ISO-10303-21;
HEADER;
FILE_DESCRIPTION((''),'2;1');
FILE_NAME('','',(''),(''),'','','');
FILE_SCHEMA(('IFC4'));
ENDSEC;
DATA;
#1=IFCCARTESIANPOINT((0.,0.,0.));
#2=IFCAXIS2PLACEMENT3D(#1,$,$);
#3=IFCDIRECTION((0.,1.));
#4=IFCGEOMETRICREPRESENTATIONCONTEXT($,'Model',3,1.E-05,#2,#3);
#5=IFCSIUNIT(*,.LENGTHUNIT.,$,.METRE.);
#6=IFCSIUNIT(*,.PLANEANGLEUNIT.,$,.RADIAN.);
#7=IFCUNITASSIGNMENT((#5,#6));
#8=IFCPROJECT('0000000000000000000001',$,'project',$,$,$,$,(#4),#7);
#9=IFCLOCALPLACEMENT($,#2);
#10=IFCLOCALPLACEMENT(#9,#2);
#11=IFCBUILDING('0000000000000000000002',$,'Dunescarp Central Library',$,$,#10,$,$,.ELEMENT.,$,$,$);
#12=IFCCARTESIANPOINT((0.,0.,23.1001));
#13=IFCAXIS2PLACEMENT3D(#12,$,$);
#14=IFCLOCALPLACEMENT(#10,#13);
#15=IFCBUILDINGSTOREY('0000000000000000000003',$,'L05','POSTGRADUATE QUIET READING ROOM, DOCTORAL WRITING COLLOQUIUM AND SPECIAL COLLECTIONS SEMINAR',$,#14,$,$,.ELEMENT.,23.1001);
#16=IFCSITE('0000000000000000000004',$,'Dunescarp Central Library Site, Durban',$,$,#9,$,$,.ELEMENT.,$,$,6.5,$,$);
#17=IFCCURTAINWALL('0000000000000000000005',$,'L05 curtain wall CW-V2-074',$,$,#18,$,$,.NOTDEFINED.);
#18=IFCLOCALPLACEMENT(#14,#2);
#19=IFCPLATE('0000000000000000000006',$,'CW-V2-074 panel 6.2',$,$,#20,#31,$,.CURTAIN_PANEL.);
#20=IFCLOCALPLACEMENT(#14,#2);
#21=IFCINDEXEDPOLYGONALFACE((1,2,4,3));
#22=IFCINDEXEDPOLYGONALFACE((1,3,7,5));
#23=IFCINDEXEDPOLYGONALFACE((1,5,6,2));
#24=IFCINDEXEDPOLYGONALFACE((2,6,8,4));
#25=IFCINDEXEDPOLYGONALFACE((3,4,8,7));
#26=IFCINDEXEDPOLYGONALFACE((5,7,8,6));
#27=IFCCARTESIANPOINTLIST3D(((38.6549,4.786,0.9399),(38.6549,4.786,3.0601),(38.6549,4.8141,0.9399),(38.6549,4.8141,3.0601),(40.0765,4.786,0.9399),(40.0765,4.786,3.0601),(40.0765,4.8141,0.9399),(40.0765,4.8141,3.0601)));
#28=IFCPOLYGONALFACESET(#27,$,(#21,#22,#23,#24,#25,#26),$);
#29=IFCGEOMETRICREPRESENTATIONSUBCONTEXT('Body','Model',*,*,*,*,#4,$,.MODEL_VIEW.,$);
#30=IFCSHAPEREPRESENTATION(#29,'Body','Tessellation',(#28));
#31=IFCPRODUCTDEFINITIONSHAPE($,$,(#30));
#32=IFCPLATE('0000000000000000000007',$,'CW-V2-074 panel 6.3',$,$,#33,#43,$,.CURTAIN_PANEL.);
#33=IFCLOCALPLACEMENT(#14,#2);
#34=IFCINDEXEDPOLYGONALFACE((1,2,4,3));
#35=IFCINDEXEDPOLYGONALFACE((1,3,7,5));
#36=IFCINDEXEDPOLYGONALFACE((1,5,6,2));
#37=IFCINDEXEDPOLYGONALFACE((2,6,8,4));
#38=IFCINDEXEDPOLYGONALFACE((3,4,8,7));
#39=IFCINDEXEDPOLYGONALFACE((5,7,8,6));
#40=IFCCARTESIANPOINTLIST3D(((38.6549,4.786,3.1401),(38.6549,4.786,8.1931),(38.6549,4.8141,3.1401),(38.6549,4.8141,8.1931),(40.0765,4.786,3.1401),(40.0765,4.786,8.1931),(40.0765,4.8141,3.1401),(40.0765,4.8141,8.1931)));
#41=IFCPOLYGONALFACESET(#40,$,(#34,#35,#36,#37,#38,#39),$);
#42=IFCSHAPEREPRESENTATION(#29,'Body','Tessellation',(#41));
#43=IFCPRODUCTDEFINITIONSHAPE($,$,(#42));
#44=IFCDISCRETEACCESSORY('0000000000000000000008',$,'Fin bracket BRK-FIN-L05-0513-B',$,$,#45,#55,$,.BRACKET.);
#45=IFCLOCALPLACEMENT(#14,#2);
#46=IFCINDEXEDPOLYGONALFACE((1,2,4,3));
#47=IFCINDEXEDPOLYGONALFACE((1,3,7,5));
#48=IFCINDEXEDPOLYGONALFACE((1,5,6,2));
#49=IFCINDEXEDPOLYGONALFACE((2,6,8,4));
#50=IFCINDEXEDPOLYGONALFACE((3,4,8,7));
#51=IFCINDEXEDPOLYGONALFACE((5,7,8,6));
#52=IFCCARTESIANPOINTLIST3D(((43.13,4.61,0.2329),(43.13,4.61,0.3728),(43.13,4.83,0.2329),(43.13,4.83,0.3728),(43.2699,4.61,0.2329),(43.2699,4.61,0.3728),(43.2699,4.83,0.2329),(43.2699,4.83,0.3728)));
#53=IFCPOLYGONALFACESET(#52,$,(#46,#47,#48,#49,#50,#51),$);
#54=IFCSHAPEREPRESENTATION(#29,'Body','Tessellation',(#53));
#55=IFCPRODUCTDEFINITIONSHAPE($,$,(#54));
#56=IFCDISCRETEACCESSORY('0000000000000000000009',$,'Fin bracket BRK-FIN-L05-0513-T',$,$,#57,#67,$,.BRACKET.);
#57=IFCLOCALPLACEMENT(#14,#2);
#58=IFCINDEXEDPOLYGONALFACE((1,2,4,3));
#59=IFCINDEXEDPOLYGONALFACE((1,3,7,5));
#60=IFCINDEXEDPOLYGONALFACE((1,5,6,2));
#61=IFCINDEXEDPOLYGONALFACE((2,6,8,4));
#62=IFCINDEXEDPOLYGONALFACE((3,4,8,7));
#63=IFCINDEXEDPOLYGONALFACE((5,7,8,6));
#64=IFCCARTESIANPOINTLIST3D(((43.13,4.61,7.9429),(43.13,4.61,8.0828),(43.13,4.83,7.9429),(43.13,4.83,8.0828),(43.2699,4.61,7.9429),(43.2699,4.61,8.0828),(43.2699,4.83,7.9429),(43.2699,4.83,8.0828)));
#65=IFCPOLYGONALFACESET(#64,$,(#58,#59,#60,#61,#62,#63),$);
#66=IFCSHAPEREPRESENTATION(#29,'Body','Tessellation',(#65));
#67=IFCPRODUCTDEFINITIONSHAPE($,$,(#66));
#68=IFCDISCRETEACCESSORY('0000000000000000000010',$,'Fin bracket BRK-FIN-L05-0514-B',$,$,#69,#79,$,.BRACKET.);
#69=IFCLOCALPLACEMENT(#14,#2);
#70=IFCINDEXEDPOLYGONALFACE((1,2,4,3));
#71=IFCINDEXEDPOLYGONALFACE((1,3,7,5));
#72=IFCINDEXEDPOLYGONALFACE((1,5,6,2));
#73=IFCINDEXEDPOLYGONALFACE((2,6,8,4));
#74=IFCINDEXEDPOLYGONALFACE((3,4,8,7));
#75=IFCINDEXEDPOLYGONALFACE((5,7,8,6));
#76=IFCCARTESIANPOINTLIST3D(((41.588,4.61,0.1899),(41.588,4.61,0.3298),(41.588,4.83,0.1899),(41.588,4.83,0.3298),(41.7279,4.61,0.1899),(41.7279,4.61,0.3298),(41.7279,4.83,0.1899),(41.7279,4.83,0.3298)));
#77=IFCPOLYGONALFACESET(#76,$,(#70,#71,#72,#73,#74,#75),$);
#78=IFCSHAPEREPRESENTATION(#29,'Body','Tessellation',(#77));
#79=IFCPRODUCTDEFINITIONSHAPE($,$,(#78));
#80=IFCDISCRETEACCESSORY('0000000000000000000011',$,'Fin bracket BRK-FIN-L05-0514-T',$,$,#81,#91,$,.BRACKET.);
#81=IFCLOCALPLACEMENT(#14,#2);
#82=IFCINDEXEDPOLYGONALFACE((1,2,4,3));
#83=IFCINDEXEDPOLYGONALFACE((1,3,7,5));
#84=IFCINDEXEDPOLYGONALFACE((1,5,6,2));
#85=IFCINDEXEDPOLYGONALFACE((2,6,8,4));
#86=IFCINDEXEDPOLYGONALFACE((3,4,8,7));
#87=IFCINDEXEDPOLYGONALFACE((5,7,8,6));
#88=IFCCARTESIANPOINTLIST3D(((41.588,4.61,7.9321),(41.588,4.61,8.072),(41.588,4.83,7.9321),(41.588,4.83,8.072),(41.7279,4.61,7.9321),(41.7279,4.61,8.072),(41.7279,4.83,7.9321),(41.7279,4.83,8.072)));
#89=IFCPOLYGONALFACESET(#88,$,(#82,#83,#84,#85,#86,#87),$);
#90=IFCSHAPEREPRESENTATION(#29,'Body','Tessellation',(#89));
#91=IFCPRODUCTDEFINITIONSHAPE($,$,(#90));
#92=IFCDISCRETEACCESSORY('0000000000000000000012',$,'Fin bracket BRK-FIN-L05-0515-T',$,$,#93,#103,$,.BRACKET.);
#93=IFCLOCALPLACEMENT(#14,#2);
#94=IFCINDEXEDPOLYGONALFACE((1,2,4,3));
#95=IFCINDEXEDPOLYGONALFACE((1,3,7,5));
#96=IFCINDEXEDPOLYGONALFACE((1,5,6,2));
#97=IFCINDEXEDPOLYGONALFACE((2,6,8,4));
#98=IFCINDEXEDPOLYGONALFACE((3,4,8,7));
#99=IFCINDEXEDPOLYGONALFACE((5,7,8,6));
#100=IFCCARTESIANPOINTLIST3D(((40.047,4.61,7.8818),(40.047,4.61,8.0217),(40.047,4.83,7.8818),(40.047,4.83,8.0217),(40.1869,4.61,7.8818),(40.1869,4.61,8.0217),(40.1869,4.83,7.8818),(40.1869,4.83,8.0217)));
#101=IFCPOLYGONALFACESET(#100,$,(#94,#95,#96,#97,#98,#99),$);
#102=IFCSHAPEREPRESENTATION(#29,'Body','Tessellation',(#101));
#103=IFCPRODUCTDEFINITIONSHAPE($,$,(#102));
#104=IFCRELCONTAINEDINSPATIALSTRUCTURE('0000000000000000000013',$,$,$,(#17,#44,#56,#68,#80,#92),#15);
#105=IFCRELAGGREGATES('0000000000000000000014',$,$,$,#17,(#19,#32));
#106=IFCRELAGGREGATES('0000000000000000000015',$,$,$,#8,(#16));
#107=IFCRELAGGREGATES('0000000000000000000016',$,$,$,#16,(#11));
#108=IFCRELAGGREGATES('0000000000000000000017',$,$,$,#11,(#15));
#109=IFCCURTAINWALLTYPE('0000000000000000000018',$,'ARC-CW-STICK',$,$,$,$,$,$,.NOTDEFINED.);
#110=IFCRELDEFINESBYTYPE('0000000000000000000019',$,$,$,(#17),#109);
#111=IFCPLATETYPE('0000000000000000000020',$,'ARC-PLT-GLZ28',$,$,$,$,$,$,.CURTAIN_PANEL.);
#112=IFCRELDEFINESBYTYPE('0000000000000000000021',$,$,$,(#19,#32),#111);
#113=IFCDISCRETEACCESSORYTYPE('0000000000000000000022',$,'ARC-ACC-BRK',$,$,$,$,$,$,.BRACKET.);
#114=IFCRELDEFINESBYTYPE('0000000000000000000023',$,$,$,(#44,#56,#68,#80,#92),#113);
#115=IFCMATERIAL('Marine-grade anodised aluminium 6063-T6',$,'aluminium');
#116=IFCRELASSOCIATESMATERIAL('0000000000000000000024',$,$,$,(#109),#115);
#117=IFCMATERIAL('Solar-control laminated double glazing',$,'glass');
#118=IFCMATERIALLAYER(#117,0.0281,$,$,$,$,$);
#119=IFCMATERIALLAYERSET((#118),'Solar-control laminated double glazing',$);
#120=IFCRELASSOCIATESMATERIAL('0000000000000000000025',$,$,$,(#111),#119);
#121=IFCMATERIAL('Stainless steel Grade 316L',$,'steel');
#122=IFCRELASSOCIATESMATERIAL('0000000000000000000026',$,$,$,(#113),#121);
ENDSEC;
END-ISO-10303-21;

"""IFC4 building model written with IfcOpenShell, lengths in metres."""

from ifc_helpers import new_model, si_unit, direction, frame, origin, origin_2d, place, context, subcontext, project, spatial, rectangle, extrude, material, layer, layer_set, type_object, element, aggregate, save


model = new_model("IFC4")

# Units and contexts
model_context = context("Model", 3, precision=1e-05, world=origin(), true_north=direction((0.0, 1.0)))
body_context = subcontext(model_context, "Body", "Model", "MODEL_VIEW")
ifc_project = project(units=[si_unit("LENGTHUNIT", "METRE"), si_unit("PLANEANGLEUNIT", "RADIAN")], contexts=[model_context])

# Site, building, storey
site_placement = place(None, origin())
site = spatial("IfcSite", under=ifc_project, at=site_placement, Name="Dunescarp Central Library Site, Durban", CompositionType="ELEMENT", RefElevation=6.5)
building_placement = place(site_placement, origin())
building = spatial("IfcBuilding", under=site, at=building_placement, Name="Dunescarp Central Library", CompositionType="ELEMENT")
storey_placement = place(building_placement, frame((0.0, 0.0, 23.1001)))
storey = spatial("IfcBuildingStorey", under=building, at=storey_placement, Name="L05", Description="POSTGRADUATE QUIET READING ROOM, DOCTORAL WRITING COLLOQUIUM AND SPECIAL COLLECTIONS SEMINAR", CompositionType="ELEMENT", Elevation=23.1001)

# Curtain wall, plates
ifc_material_1 = material(Name="Marine-grade anodised aluminium 6063-T6", Category="aluminium")
curtain_wall_type = type_object("IfcCurtainWallType", Name="ARC-CW-STICK", PredefinedType="NOTDEFINED", material=ifc_material_1)
curtain_wall_placement = place(storey_placement, origin())
curtain_wall = element("IfcCurtainWall", 1, at=curtain_wall_placement, inside=storey, type_object=curtain_wall_type, Name="L05 curtain wall CW-V2-074", PredefinedType="NOTDEFINED")
ifc_material_2 = material(Name="Solar-control laminated double glazing", Category="glass")
ifc_layer = layer(ifc_material_2, 0.0281)
ifc_layer_set = layer_set([ifc_layer], Name="Solar-control laminated double glazing")
plate_type = type_object("IfcPlateType", Name="ARC-PLT-GLZ28", PredefinedType="CURTAIN_PANEL", material=ifc_layer_set)
plate_1_placement = place(storey_placement, frame((39.3657, 4.8, 0.9399), z_axis=(0.0, 0.0, 1.0), x_axis=(-1.0, 0.0, 0.0)))
plate_1 = element("IfcPlate", 2, at=plate_1_placement, type_object=plate_type, Name="CW-V2-074 panel 6.2", PredefinedType="CURTAIN_PANEL", context=body_context, shape_type="SweptSolid", body=[
    extrude(rectangle(XDim=1.4216, YDim=0.0281, at=origin_2d()), origin(), (0.0, 0.0, 1.0), 2.1201),
])
plate_2_placement = place(storey_placement, frame((39.3657, 4.8, 3.1401), z_axis=(0.0, 0.0, 1.0), x_axis=(-1.0, 0.0, 0.0)))
plate_2 = element("IfcPlate", 3, at=plate_2_placement, type_object=plate_type, Name="CW-V2-074 panel 6.3", PredefinedType="CURTAIN_PANEL", context=body_context, shape_type="SweptSolid", body=[
    extrude(rectangle(XDim=1.4216, YDim=0.0281, at=origin_2d()), origin(), (0.0, 0.0, 1.0), 5.053),
])
aggregate(curtain_wall, [plate_1, plate_2])

# Discrete accessories
ifc_material_3 = material(Name="Stainless steel Grade 316L", Category="steel")
discrete_accessory_type = type_object("IfcDiscreteAccessoryType", Name="ARC-ACC-BRK", PredefinedType="BRACKET", material=ifc_material_3)
for number, where, z_axis, x_axis, name in (
    (4, (43.2, 4.72, 0.2329), (0.0, 0.0, 1.0), (0.0, -1.0, 0.0), "Fin bracket BRK-FIN-L05-0513-B"),
    (5, (43.2, 4.72, 7.9429), (0.0, 0.0, 1.0), (0.0, -1.0, 0.0), "Fin bracket BRK-FIN-L05-0513-T"),
    (6, (41.658, 4.72, 0.1899), (0.0, 0.0, 1.0), (0.0, -1.0, 0.0), "Fin bracket BRK-FIN-L05-0514-B"),
    (7, (41.658, 4.72, 7.9321), (0.0, 0.0, 1.0), (0.0, -1.0, 0.0), "Fin bracket BRK-FIN-L05-0514-T"),
    (8, (40.1169, 4.72, 7.8818), (0.0, 0.0, 1.0), (0.0, -1.0, 0.0), "Fin bracket BRK-FIN-L05-0515-T"),
):
    element("IfcDiscreteAccessory", number, at=place(storey_placement, frame(where, z_axis=z_axis, x_axis=x_axis)), inside=storey, type_object=discrete_accessory_type, Name=name, PredefinedType="BRACKET", context=body_context, shape_type="SweptSolid", body=[
        extrude(rectangle(XDim=0.22, YDim=0.1399, at=origin_2d()), origin(), (0.0, 0.0, 1.0), 0.1399),
    ])

save(model, "model.ifc")
